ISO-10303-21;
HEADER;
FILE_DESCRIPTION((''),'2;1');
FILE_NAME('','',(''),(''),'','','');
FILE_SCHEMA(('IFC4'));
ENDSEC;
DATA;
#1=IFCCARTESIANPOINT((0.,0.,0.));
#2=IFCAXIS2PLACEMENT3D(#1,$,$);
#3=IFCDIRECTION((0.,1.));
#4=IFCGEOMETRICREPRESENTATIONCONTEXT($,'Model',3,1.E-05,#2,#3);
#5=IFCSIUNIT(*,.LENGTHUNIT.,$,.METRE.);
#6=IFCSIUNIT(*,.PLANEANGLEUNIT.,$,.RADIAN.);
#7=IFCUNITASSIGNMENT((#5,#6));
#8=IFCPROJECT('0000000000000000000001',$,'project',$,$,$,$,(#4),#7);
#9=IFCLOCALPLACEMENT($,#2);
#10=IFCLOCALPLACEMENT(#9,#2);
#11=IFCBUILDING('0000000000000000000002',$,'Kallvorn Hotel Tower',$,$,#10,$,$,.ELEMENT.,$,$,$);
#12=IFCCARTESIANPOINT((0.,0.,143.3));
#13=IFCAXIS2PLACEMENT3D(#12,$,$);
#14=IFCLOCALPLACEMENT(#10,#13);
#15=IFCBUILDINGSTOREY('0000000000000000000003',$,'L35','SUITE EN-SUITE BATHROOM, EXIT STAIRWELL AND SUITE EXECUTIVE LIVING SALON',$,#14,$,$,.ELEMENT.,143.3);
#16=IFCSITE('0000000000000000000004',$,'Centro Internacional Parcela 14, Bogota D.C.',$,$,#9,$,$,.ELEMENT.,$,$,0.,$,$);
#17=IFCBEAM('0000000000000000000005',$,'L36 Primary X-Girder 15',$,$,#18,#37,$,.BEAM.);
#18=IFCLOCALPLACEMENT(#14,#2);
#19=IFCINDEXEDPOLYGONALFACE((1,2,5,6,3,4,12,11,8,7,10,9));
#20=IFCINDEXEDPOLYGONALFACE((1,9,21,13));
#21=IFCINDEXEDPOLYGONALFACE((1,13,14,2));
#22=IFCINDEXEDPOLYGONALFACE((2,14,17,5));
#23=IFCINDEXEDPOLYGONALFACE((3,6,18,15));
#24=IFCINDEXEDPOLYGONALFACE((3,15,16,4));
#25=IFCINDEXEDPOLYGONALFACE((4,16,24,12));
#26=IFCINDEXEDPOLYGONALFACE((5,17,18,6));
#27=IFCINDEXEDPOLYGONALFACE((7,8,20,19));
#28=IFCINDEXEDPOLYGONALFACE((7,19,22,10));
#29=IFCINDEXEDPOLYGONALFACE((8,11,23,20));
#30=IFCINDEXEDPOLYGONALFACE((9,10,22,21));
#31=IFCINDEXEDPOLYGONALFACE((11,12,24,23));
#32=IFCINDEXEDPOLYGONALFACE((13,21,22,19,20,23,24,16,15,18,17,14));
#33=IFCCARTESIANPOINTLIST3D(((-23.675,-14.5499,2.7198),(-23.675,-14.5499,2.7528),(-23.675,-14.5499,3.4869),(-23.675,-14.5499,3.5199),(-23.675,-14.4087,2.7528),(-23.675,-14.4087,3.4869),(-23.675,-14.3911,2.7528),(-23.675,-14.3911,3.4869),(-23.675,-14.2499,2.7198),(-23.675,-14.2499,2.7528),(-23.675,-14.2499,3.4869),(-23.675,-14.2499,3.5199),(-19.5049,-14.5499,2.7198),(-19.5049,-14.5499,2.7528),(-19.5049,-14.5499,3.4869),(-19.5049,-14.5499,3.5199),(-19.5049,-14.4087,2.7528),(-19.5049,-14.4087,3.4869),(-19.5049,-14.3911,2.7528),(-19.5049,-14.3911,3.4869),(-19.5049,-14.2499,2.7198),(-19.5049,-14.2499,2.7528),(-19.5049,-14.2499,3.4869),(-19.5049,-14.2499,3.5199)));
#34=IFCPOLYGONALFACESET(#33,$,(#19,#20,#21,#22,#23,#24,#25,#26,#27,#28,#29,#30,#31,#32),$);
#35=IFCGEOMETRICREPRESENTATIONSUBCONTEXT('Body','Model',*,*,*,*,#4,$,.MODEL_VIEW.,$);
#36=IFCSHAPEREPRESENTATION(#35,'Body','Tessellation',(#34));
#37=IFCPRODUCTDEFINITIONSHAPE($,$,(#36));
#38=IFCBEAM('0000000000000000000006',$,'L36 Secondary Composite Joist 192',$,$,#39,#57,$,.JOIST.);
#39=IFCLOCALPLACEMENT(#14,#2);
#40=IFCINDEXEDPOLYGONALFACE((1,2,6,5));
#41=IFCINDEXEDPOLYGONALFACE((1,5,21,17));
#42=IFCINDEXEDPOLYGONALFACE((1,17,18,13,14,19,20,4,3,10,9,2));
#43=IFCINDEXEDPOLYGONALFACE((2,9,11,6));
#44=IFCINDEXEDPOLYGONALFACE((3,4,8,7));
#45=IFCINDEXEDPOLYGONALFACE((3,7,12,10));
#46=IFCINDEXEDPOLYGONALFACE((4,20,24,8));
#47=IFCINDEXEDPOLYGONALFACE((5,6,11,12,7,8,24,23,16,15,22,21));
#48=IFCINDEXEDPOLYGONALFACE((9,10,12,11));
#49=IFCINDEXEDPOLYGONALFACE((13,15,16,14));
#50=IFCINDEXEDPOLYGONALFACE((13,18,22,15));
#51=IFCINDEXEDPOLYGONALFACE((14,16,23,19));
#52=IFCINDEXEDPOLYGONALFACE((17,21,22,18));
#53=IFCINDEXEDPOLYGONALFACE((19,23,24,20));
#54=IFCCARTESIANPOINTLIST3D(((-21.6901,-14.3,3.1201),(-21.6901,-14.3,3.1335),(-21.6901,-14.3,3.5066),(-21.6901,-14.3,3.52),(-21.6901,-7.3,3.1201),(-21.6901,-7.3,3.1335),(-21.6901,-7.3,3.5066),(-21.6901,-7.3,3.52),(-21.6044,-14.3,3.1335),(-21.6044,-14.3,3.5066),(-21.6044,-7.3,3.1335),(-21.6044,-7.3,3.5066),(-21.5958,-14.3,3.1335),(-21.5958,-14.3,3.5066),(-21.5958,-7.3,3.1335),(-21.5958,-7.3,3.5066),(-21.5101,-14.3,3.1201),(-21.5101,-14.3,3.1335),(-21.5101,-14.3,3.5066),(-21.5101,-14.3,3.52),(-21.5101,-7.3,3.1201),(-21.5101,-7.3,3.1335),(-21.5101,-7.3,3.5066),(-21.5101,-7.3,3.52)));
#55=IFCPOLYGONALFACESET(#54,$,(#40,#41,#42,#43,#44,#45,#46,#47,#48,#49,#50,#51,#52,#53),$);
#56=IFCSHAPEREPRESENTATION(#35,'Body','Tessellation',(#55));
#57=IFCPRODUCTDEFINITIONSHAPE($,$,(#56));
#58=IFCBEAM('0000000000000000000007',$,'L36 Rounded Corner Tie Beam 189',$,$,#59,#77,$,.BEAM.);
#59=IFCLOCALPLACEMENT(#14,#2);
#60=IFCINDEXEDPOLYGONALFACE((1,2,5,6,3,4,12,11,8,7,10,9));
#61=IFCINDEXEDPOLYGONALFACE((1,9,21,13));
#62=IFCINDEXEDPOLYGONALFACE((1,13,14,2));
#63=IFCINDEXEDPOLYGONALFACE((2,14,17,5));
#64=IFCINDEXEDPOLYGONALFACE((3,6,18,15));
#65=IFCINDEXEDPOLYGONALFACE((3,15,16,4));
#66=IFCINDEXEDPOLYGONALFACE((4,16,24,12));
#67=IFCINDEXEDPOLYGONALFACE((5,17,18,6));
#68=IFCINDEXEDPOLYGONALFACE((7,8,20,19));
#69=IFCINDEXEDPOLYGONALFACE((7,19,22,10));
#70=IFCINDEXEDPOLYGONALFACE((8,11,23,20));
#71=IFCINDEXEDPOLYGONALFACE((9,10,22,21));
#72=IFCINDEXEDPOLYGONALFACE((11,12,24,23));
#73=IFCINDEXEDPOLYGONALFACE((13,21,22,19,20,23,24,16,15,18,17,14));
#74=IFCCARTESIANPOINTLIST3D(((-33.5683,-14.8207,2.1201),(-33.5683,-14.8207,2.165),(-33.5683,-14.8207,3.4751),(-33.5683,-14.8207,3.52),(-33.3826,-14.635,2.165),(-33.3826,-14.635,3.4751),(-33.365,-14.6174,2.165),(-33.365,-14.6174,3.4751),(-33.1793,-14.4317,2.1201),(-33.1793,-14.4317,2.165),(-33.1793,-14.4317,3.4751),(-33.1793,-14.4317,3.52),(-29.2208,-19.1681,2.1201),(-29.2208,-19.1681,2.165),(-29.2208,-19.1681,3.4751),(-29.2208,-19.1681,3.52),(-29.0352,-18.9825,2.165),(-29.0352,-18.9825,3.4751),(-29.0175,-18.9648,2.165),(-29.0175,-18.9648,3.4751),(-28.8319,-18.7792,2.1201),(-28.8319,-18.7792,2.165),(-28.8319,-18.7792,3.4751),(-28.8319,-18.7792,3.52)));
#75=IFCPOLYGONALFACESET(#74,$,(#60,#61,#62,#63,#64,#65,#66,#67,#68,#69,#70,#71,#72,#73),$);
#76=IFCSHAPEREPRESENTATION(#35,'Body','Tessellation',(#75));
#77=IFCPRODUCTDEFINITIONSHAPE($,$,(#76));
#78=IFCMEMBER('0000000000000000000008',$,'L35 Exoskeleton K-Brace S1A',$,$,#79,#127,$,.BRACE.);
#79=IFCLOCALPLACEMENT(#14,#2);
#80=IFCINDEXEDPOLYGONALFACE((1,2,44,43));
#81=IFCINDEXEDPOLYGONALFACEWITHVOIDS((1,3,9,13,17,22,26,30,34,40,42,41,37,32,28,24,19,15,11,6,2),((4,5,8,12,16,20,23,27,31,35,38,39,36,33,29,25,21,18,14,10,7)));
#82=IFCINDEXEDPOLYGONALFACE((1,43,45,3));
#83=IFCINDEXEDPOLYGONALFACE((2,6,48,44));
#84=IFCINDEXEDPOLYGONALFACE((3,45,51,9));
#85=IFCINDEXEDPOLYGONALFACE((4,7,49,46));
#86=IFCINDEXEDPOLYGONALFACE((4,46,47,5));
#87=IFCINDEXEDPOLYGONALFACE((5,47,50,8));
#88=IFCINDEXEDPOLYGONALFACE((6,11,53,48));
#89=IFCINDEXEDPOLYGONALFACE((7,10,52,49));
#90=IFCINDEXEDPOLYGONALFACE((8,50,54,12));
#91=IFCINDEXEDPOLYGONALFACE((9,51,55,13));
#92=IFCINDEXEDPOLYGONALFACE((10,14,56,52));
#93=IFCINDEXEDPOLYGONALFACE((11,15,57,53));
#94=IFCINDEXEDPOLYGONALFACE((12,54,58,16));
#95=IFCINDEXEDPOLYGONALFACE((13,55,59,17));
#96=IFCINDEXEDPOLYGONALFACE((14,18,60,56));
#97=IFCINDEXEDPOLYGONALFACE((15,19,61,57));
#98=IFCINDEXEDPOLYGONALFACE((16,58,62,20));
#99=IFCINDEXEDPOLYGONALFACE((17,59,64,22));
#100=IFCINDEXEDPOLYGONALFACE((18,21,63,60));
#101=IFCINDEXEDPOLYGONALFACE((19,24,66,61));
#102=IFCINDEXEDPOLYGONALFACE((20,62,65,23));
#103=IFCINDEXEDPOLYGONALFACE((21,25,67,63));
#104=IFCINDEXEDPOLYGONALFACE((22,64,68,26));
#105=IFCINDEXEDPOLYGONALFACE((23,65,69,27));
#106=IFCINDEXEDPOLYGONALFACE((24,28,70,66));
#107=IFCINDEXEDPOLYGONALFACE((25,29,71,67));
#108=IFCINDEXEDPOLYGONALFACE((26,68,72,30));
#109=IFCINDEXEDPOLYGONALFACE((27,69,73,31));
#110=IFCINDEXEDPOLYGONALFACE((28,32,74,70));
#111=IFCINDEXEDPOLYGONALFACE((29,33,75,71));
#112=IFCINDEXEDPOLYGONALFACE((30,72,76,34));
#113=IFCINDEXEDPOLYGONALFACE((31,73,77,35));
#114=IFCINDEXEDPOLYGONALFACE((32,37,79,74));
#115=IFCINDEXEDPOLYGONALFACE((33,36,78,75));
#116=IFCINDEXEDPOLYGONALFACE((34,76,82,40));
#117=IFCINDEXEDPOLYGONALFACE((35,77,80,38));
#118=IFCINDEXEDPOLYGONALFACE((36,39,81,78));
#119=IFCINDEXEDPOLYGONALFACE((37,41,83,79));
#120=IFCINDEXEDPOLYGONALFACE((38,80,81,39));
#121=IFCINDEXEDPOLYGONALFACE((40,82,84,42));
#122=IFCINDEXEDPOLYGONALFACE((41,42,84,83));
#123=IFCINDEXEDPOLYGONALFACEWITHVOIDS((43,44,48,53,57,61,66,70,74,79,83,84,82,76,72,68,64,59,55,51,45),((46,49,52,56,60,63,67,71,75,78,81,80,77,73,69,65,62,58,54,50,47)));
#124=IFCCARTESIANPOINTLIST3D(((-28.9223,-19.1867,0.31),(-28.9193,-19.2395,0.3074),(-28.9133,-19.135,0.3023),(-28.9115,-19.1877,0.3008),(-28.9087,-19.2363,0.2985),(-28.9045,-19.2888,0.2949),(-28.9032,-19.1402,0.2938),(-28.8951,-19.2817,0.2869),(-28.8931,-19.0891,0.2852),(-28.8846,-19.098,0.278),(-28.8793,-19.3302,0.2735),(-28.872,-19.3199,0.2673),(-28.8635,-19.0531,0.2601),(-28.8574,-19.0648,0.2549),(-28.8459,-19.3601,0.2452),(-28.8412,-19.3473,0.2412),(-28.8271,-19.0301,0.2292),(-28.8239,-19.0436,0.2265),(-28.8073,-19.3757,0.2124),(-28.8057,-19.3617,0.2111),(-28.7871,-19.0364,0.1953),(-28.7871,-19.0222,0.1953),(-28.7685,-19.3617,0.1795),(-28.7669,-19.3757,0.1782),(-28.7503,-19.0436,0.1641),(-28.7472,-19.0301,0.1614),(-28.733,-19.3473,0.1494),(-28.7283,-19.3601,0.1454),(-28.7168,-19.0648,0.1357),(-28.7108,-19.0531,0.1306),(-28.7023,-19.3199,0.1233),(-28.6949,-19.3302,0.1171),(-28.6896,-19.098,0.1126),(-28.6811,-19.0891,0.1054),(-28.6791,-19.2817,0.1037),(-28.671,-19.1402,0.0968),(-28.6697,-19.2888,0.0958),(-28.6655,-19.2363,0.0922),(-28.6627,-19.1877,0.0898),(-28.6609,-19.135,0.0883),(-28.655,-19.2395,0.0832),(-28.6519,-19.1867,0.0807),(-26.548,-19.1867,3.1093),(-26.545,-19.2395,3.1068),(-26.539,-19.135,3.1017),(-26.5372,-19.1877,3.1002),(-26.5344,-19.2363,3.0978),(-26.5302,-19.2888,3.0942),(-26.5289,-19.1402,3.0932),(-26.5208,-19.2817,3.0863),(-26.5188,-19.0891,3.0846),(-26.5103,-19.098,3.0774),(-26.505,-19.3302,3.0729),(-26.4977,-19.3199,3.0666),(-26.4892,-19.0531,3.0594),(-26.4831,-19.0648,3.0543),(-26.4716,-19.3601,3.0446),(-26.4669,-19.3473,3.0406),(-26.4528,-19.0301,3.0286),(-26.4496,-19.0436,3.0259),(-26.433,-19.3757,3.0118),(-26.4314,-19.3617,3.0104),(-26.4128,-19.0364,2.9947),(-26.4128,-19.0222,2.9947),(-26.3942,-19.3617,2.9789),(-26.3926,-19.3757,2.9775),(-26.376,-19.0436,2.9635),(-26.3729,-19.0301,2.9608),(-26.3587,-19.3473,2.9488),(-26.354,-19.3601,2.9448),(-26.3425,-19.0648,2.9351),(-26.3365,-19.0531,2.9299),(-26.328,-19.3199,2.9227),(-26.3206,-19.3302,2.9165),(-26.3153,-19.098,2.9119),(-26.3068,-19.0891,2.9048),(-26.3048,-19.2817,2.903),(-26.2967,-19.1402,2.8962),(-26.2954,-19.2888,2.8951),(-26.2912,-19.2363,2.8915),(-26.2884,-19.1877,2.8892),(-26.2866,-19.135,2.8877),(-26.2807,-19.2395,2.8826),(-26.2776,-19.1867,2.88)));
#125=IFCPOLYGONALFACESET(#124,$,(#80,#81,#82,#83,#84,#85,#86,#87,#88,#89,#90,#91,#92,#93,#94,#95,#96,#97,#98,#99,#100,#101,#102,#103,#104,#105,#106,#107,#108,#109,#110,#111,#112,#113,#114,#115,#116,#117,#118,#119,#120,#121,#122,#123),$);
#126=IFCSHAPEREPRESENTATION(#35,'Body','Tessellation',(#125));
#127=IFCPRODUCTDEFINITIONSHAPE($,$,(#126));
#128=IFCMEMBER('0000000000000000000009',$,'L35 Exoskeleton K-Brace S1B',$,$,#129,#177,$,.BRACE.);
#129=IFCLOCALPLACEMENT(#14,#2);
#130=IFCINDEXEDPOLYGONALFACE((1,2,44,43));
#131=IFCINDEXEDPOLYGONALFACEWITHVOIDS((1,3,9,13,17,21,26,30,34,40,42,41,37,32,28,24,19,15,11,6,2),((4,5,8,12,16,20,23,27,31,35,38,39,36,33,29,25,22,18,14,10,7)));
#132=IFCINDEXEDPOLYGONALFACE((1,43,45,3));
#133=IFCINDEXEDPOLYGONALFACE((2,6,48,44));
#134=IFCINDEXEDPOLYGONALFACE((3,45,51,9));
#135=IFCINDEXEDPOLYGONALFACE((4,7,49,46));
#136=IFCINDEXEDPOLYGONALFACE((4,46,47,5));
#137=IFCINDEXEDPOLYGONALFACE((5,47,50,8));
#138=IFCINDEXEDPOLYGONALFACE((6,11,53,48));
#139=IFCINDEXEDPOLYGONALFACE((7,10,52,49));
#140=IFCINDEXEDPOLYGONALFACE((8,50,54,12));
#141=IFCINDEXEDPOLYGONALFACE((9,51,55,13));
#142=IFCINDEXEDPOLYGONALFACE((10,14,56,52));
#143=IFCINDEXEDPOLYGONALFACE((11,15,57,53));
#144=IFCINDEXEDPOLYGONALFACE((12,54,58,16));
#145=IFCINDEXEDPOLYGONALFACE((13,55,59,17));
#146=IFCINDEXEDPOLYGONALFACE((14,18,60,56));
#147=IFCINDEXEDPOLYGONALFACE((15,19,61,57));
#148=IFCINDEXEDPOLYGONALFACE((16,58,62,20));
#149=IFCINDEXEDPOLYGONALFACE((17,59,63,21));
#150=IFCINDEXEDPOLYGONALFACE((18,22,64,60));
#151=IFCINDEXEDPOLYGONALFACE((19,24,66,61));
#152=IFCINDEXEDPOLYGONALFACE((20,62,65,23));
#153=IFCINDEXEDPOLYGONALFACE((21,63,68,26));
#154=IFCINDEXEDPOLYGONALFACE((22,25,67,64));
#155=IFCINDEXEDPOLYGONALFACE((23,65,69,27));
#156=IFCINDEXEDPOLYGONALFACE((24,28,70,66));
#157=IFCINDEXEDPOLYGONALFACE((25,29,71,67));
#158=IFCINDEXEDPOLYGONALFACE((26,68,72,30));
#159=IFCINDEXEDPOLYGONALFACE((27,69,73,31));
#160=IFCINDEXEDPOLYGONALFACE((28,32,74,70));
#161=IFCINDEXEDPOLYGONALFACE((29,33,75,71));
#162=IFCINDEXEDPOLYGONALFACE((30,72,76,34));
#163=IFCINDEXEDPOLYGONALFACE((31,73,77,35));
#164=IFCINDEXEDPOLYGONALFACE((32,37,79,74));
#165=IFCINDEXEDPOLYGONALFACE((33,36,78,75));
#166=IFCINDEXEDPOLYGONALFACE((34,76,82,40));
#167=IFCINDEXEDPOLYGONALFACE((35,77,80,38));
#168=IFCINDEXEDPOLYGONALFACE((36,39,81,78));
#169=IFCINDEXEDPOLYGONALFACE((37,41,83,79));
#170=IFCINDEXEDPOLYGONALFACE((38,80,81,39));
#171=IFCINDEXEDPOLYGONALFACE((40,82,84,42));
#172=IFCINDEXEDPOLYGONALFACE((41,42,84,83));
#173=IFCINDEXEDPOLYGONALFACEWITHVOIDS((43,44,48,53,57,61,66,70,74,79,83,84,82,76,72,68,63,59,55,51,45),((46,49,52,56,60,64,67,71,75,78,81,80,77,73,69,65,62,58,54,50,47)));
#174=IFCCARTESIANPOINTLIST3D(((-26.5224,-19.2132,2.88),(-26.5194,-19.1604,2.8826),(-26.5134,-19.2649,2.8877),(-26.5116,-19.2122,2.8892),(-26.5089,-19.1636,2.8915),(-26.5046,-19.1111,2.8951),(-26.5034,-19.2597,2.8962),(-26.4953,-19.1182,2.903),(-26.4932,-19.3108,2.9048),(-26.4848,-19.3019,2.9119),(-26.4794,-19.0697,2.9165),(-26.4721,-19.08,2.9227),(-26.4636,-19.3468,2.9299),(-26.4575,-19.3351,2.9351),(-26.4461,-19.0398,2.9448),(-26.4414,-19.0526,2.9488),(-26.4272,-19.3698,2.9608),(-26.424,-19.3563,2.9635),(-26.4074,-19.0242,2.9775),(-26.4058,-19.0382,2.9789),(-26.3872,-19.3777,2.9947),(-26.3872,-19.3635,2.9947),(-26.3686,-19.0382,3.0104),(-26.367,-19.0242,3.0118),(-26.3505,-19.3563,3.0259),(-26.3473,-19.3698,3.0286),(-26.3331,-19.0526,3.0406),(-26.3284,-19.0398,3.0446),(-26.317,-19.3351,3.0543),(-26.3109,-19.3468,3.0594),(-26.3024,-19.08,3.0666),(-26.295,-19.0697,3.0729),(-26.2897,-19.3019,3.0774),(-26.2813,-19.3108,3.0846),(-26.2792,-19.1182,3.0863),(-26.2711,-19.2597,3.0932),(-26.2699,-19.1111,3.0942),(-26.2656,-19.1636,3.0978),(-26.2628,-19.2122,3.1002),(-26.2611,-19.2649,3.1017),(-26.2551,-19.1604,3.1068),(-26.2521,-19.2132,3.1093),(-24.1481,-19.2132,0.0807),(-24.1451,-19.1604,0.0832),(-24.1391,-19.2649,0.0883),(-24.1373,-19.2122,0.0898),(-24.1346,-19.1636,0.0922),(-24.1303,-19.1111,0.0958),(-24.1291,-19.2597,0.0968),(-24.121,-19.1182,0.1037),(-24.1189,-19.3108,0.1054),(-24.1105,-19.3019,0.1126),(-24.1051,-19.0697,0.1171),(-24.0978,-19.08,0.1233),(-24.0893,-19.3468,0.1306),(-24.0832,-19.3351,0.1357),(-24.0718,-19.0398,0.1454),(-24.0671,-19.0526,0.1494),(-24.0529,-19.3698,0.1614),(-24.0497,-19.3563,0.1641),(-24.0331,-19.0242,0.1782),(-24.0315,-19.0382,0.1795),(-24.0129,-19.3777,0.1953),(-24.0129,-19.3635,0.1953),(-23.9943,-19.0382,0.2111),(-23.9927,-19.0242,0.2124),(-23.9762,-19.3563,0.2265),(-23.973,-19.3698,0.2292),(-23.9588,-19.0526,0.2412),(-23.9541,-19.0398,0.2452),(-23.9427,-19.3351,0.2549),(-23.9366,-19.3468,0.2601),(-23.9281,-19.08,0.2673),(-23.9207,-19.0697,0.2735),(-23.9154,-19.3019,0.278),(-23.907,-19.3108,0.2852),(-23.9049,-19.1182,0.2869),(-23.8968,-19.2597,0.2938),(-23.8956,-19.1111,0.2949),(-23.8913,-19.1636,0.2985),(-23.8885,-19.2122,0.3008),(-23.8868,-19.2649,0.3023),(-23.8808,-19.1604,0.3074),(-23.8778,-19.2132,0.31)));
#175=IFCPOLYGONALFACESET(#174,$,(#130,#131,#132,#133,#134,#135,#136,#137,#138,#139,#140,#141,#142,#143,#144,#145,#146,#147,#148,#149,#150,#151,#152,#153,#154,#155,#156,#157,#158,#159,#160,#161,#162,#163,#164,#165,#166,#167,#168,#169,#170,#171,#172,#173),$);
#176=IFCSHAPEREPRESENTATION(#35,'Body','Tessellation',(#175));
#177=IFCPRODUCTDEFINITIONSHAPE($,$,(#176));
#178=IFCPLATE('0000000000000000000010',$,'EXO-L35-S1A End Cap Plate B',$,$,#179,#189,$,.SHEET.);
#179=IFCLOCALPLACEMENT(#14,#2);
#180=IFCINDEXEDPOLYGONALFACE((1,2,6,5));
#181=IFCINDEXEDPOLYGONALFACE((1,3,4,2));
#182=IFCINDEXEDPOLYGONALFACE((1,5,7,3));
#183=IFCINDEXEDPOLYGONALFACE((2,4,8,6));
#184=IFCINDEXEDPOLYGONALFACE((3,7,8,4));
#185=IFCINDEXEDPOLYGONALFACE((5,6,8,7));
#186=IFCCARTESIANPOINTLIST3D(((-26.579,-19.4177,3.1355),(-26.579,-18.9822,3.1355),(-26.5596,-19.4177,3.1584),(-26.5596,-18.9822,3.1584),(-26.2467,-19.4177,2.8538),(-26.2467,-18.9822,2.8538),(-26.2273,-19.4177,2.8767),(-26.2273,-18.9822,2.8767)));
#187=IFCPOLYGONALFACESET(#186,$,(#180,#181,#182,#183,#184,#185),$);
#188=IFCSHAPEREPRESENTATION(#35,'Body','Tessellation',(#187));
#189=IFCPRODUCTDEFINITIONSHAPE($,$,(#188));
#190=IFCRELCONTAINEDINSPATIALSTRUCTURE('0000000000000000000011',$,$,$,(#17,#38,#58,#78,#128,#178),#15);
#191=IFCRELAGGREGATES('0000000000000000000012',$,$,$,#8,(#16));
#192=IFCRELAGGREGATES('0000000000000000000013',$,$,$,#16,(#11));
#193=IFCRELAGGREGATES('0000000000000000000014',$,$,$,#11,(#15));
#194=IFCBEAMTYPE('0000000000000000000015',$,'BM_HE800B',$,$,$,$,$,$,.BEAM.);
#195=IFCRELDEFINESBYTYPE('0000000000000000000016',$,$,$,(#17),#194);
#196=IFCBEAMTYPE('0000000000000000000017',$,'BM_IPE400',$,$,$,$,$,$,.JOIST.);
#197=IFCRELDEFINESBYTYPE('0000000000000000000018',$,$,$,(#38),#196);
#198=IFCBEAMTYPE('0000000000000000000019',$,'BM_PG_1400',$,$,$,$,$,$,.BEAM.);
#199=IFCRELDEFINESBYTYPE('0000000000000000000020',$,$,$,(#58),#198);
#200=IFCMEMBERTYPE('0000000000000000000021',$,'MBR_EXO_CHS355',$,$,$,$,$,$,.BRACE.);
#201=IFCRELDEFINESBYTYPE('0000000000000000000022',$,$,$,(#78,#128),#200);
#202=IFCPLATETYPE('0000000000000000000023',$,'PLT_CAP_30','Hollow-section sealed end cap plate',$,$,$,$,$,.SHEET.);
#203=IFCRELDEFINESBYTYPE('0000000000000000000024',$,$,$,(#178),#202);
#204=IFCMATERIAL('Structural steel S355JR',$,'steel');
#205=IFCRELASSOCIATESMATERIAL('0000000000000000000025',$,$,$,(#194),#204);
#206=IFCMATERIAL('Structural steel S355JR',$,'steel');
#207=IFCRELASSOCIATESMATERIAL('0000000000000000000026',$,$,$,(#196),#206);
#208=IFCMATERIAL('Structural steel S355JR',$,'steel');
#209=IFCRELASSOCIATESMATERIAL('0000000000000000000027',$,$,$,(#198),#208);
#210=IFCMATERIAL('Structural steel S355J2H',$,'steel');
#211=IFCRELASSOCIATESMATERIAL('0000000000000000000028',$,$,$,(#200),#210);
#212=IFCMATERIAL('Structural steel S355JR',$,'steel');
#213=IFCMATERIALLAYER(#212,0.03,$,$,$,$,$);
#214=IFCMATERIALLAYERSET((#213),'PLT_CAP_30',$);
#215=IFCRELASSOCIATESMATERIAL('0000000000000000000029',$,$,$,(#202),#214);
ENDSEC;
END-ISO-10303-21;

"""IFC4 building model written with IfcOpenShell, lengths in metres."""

from ifc_helpers import new_model, si_unit, direction, frame, origin, origin_2d, place, context, subcontext, project, spatial, polyline, hollow_circle, i_section, outline, extrude, material, layer, layer_set, material_profile, profile_set, type_object, element, save


model = new_model("IFC4")

# Units and contexts
model_context = context("Model", 3, precision=1e-05, world=origin(), true_north=direction((0.0, 1.0)))
body_context = subcontext(model_context, "Body", "Model", "MODEL_VIEW")
ifc_project = project(units=[si_unit("LENGTHUNIT", "METRE"), si_unit("PLANEANGLEUNIT", "RADIAN")], contexts=[model_context])

# Site, building, storey
site_placement = place(None, origin())
site = spatial("IfcSite", under=ifc_project, at=site_placement, Name="Centro Internacional Parcela 14, Bogota D.C.", CompositionType="ELEMENT", RefElevation=0.0)
building_placement = place(site_placement, origin())
building = spatial("IfcBuilding", under=site, at=building_placement, Name="Kallvorn Hotel Tower", CompositionType="ELEMENT")
storey_placement = place(building_placement, frame((0.0, 0.0, 143.3)))
storey = spatial("IfcBuildingStorey", under=building, at=storey_placement, Name="L35", Description="SUITE EN-SUITE BATHROOM, EXIT STAIRWELL AND SUITE EXECUTIVE LIVING SALON", CompositionType="ELEMENT", Elevation=143.3)

# Beams
ifc_material_1 = material(Name="Structural steel S355JR", Category="steel")
ifc_material_profile_1 = material_profile(ifc_material_1, i_section(OverallWidth=0.3, OverallDepth=0.8, WebThickness=0.0176, FlangeThickness=0.033, at=origin_2d()), Name="HE 800 B")
ifc_profile_set_1 = profile_set([ifc_material_profile_1], Name="Structural steel S355JR")
beam_type_1 = type_object("IfcBeamType", Name="BM_HE800B", PredefinedType="BEAM", material=ifc_profile_set_1)
for number, where, z_axis, x_axis, name in (
    (1, (-23.675, -14.3999, 3.1199), (1.0, 0.0, 0.0), (0.0, 1.0, 0.0), "L36 Primary X-Girder 15"),
):
    element("IfcBeam", number, at=place(storey_placement, frame(where, z_axis=z_axis, x_axis=x_axis)), inside=storey, type_object=beam_type_1, Name=name, PredefinedType="BEAM", context=body_context, shape_type="SweptSolid", body=[
        extrude(i_section(OverallWidth=0.3, OverallDepth=0.8, WebThickness=0.0176, FlangeThickness=0.033, at=origin_2d()), origin(), (0.0, 0.0, 1.0), 4.1702),
    ])
ifc_material_2 = material(Name="Structural steel S355JR", Category="steel")
ifc_material_profile_2 = material_profile(ifc_material_2, i_section(OverallWidth=0.1799, OverallDepth=0.3999, WebThickness=0.0085, FlangeThickness=0.0134, at=origin_2d()), Name="IPE 400")
ifc_profile_set_2 = profile_set([ifc_material_profile_2], Name="Structural steel S355JR")
beam_type_2 = type_object("IfcBeamType", Name="BM_IPE400", PredefinedType="JOIST", material=ifc_profile_set_2)
beam_1_placement = place(storey_placement, frame((-21.6001, -14.3, 3.3201), z_axis=(0.0, 1.0, 0.0), x_axis=(-1.0, 0.0, 0.0)))
element("IfcBeam", 2, at=beam_1_placement, inside=storey, type_object=beam_type_2, Name="L36 Secondary Composite Joist 192", PredefinedType="JOIST", context=body_context, shape_type="SweptSolid", body=[
    extrude(i_section(OverallWidth=0.1799, OverallDepth=0.3999, WebThickness=0.0085, FlangeThickness=0.0134, at=origin_2d()), origin(), (0.0, 0.0, 1.0), 7.0),
])
ifc_material_3 = material(Name="Structural steel S355JR", Category="steel")
ifc_material_profile_3 = material_profile(ifc_material_3, i_section(OverallWidth=0.55, OverallDepth=1.3999, WebThickness=0.0249, FlangeThickness=0.0449, at=origin_2d()), Name="PG 1400x550x25x45")
ifc_profile_set_3 = profile_set([ifc_material_profile_3], Name="Structural steel S355JR")
beam_type_3 = type_object("IfcBeamType", Name="BM_PG_1400", PredefinedType="BEAM", material=ifc_profile_set_3)
beam_2_placement = place(storey_placement, frame((-33.3738, -14.6262, 2.8201), z_axis=(0.707107, -0.707107, 0.0), x_axis=(0.707107, 0.707107, 0.0)))
element("IfcBeam", 3, at=beam_2_placement, inside=storey, type_object=beam_type_3, Name="L36 Rounded Corner Tie Beam 189", PredefinedType="BEAM", context=body_context, shape_type="SweptSolid", body=[
    extrude(i_section(OverallWidth=0.55, OverallDepth=1.3999, WebThickness=0.0249, FlangeThickness=0.0449, at=origin_2d()), origin(), (0.0, 0.0, 1.0), 6.1482),
])

# Members
ifc_material_4 = material(Name="Structural steel S355J2H", Category="steel")
ifc_material_profile_4 = material_profile(ifc_material_4, hollow_circle(Radius=0.1777, WallThickness=0.0142, at=origin_2d()), Name="CHS 355.6x14.2")
ifc_profile_set_4 = profile_set([ifc_material_profile_4], Name="Structural steel S355J2H")
member_type = type_object("IfcMemberType", Name="MBR_EXO_CHS355", PredefinedType="BRACE", material=ifc_profile_set_4)
for number, where, z_axis, x_axis, name in (
    (4, (-28.7871, -19.2, 0.1953), (0.646833, 0.0, 0.762631), (0.0, 1.0, 0.0), "L35 Exoskeleton K-Brace S1A"),
    (5, (-24.0129, -19.2, 0.1953), (-0.646833, 0.0, 0.762631), (0.0, -1.0, 0.0), "L35 Exoskeleton K-Brace S1B"),
):
    element("IfcMember", number, at=place(storey_placement, frame(where, z_axis=z_axis, x_axis=x_axis)), inside=storey, type_object=member_type, Name=name, PredefinedType="BRACE", context=body_context, shape_type="SweptSolid", body=[
        extrude(hollow_circle(Radius=0.1777, WallThickness=0.0142, at=origin_2d()), origin(), (0.0, 0.0, 1.0), 3.6707),
    ])

# Plate
ifc_material_5 = material(Name="Structural steel S355JR", Category="steel")
ifc_layer_1 = layer(ifc_material_5, 0.03)
ifc_layer_set_1 = layer_set([ifc_layer_1], Name="PLT_CAP_30")
plate_type_1 = type_object("IfcPlateType", Name="PLT_CAP_30", Description="Hollow-section sealed end cap plate", PredefinedType="SHEET", material=ifc_layer_set_1)
plate_1_placement = place(storey_placement, frame((-26.2273, -19.4177, 2.8767), z_axis=(0.646721, 0.0, 0.762727), x_axis=(0.0, 1.0, 0.0)))
element("IfcPlate", 6, at=plate_1_placement, inside=storey, type_object=plate_type_1, Name="EXO-L35-S1A End Cap Plate B", PredefinedType="SHEET", context=body_context, shape_type="SweptSolid", body=[
    extrude(outline(polyline([(0.0, 0.0), (0.4355, 0.0), (0.4355, 0.4356), (0.0, 0.4356), (0.0, 0.0)])), origin(), (0.0, 0.0, -1.0), 0.03),
])

save(model, "model.ifc")
